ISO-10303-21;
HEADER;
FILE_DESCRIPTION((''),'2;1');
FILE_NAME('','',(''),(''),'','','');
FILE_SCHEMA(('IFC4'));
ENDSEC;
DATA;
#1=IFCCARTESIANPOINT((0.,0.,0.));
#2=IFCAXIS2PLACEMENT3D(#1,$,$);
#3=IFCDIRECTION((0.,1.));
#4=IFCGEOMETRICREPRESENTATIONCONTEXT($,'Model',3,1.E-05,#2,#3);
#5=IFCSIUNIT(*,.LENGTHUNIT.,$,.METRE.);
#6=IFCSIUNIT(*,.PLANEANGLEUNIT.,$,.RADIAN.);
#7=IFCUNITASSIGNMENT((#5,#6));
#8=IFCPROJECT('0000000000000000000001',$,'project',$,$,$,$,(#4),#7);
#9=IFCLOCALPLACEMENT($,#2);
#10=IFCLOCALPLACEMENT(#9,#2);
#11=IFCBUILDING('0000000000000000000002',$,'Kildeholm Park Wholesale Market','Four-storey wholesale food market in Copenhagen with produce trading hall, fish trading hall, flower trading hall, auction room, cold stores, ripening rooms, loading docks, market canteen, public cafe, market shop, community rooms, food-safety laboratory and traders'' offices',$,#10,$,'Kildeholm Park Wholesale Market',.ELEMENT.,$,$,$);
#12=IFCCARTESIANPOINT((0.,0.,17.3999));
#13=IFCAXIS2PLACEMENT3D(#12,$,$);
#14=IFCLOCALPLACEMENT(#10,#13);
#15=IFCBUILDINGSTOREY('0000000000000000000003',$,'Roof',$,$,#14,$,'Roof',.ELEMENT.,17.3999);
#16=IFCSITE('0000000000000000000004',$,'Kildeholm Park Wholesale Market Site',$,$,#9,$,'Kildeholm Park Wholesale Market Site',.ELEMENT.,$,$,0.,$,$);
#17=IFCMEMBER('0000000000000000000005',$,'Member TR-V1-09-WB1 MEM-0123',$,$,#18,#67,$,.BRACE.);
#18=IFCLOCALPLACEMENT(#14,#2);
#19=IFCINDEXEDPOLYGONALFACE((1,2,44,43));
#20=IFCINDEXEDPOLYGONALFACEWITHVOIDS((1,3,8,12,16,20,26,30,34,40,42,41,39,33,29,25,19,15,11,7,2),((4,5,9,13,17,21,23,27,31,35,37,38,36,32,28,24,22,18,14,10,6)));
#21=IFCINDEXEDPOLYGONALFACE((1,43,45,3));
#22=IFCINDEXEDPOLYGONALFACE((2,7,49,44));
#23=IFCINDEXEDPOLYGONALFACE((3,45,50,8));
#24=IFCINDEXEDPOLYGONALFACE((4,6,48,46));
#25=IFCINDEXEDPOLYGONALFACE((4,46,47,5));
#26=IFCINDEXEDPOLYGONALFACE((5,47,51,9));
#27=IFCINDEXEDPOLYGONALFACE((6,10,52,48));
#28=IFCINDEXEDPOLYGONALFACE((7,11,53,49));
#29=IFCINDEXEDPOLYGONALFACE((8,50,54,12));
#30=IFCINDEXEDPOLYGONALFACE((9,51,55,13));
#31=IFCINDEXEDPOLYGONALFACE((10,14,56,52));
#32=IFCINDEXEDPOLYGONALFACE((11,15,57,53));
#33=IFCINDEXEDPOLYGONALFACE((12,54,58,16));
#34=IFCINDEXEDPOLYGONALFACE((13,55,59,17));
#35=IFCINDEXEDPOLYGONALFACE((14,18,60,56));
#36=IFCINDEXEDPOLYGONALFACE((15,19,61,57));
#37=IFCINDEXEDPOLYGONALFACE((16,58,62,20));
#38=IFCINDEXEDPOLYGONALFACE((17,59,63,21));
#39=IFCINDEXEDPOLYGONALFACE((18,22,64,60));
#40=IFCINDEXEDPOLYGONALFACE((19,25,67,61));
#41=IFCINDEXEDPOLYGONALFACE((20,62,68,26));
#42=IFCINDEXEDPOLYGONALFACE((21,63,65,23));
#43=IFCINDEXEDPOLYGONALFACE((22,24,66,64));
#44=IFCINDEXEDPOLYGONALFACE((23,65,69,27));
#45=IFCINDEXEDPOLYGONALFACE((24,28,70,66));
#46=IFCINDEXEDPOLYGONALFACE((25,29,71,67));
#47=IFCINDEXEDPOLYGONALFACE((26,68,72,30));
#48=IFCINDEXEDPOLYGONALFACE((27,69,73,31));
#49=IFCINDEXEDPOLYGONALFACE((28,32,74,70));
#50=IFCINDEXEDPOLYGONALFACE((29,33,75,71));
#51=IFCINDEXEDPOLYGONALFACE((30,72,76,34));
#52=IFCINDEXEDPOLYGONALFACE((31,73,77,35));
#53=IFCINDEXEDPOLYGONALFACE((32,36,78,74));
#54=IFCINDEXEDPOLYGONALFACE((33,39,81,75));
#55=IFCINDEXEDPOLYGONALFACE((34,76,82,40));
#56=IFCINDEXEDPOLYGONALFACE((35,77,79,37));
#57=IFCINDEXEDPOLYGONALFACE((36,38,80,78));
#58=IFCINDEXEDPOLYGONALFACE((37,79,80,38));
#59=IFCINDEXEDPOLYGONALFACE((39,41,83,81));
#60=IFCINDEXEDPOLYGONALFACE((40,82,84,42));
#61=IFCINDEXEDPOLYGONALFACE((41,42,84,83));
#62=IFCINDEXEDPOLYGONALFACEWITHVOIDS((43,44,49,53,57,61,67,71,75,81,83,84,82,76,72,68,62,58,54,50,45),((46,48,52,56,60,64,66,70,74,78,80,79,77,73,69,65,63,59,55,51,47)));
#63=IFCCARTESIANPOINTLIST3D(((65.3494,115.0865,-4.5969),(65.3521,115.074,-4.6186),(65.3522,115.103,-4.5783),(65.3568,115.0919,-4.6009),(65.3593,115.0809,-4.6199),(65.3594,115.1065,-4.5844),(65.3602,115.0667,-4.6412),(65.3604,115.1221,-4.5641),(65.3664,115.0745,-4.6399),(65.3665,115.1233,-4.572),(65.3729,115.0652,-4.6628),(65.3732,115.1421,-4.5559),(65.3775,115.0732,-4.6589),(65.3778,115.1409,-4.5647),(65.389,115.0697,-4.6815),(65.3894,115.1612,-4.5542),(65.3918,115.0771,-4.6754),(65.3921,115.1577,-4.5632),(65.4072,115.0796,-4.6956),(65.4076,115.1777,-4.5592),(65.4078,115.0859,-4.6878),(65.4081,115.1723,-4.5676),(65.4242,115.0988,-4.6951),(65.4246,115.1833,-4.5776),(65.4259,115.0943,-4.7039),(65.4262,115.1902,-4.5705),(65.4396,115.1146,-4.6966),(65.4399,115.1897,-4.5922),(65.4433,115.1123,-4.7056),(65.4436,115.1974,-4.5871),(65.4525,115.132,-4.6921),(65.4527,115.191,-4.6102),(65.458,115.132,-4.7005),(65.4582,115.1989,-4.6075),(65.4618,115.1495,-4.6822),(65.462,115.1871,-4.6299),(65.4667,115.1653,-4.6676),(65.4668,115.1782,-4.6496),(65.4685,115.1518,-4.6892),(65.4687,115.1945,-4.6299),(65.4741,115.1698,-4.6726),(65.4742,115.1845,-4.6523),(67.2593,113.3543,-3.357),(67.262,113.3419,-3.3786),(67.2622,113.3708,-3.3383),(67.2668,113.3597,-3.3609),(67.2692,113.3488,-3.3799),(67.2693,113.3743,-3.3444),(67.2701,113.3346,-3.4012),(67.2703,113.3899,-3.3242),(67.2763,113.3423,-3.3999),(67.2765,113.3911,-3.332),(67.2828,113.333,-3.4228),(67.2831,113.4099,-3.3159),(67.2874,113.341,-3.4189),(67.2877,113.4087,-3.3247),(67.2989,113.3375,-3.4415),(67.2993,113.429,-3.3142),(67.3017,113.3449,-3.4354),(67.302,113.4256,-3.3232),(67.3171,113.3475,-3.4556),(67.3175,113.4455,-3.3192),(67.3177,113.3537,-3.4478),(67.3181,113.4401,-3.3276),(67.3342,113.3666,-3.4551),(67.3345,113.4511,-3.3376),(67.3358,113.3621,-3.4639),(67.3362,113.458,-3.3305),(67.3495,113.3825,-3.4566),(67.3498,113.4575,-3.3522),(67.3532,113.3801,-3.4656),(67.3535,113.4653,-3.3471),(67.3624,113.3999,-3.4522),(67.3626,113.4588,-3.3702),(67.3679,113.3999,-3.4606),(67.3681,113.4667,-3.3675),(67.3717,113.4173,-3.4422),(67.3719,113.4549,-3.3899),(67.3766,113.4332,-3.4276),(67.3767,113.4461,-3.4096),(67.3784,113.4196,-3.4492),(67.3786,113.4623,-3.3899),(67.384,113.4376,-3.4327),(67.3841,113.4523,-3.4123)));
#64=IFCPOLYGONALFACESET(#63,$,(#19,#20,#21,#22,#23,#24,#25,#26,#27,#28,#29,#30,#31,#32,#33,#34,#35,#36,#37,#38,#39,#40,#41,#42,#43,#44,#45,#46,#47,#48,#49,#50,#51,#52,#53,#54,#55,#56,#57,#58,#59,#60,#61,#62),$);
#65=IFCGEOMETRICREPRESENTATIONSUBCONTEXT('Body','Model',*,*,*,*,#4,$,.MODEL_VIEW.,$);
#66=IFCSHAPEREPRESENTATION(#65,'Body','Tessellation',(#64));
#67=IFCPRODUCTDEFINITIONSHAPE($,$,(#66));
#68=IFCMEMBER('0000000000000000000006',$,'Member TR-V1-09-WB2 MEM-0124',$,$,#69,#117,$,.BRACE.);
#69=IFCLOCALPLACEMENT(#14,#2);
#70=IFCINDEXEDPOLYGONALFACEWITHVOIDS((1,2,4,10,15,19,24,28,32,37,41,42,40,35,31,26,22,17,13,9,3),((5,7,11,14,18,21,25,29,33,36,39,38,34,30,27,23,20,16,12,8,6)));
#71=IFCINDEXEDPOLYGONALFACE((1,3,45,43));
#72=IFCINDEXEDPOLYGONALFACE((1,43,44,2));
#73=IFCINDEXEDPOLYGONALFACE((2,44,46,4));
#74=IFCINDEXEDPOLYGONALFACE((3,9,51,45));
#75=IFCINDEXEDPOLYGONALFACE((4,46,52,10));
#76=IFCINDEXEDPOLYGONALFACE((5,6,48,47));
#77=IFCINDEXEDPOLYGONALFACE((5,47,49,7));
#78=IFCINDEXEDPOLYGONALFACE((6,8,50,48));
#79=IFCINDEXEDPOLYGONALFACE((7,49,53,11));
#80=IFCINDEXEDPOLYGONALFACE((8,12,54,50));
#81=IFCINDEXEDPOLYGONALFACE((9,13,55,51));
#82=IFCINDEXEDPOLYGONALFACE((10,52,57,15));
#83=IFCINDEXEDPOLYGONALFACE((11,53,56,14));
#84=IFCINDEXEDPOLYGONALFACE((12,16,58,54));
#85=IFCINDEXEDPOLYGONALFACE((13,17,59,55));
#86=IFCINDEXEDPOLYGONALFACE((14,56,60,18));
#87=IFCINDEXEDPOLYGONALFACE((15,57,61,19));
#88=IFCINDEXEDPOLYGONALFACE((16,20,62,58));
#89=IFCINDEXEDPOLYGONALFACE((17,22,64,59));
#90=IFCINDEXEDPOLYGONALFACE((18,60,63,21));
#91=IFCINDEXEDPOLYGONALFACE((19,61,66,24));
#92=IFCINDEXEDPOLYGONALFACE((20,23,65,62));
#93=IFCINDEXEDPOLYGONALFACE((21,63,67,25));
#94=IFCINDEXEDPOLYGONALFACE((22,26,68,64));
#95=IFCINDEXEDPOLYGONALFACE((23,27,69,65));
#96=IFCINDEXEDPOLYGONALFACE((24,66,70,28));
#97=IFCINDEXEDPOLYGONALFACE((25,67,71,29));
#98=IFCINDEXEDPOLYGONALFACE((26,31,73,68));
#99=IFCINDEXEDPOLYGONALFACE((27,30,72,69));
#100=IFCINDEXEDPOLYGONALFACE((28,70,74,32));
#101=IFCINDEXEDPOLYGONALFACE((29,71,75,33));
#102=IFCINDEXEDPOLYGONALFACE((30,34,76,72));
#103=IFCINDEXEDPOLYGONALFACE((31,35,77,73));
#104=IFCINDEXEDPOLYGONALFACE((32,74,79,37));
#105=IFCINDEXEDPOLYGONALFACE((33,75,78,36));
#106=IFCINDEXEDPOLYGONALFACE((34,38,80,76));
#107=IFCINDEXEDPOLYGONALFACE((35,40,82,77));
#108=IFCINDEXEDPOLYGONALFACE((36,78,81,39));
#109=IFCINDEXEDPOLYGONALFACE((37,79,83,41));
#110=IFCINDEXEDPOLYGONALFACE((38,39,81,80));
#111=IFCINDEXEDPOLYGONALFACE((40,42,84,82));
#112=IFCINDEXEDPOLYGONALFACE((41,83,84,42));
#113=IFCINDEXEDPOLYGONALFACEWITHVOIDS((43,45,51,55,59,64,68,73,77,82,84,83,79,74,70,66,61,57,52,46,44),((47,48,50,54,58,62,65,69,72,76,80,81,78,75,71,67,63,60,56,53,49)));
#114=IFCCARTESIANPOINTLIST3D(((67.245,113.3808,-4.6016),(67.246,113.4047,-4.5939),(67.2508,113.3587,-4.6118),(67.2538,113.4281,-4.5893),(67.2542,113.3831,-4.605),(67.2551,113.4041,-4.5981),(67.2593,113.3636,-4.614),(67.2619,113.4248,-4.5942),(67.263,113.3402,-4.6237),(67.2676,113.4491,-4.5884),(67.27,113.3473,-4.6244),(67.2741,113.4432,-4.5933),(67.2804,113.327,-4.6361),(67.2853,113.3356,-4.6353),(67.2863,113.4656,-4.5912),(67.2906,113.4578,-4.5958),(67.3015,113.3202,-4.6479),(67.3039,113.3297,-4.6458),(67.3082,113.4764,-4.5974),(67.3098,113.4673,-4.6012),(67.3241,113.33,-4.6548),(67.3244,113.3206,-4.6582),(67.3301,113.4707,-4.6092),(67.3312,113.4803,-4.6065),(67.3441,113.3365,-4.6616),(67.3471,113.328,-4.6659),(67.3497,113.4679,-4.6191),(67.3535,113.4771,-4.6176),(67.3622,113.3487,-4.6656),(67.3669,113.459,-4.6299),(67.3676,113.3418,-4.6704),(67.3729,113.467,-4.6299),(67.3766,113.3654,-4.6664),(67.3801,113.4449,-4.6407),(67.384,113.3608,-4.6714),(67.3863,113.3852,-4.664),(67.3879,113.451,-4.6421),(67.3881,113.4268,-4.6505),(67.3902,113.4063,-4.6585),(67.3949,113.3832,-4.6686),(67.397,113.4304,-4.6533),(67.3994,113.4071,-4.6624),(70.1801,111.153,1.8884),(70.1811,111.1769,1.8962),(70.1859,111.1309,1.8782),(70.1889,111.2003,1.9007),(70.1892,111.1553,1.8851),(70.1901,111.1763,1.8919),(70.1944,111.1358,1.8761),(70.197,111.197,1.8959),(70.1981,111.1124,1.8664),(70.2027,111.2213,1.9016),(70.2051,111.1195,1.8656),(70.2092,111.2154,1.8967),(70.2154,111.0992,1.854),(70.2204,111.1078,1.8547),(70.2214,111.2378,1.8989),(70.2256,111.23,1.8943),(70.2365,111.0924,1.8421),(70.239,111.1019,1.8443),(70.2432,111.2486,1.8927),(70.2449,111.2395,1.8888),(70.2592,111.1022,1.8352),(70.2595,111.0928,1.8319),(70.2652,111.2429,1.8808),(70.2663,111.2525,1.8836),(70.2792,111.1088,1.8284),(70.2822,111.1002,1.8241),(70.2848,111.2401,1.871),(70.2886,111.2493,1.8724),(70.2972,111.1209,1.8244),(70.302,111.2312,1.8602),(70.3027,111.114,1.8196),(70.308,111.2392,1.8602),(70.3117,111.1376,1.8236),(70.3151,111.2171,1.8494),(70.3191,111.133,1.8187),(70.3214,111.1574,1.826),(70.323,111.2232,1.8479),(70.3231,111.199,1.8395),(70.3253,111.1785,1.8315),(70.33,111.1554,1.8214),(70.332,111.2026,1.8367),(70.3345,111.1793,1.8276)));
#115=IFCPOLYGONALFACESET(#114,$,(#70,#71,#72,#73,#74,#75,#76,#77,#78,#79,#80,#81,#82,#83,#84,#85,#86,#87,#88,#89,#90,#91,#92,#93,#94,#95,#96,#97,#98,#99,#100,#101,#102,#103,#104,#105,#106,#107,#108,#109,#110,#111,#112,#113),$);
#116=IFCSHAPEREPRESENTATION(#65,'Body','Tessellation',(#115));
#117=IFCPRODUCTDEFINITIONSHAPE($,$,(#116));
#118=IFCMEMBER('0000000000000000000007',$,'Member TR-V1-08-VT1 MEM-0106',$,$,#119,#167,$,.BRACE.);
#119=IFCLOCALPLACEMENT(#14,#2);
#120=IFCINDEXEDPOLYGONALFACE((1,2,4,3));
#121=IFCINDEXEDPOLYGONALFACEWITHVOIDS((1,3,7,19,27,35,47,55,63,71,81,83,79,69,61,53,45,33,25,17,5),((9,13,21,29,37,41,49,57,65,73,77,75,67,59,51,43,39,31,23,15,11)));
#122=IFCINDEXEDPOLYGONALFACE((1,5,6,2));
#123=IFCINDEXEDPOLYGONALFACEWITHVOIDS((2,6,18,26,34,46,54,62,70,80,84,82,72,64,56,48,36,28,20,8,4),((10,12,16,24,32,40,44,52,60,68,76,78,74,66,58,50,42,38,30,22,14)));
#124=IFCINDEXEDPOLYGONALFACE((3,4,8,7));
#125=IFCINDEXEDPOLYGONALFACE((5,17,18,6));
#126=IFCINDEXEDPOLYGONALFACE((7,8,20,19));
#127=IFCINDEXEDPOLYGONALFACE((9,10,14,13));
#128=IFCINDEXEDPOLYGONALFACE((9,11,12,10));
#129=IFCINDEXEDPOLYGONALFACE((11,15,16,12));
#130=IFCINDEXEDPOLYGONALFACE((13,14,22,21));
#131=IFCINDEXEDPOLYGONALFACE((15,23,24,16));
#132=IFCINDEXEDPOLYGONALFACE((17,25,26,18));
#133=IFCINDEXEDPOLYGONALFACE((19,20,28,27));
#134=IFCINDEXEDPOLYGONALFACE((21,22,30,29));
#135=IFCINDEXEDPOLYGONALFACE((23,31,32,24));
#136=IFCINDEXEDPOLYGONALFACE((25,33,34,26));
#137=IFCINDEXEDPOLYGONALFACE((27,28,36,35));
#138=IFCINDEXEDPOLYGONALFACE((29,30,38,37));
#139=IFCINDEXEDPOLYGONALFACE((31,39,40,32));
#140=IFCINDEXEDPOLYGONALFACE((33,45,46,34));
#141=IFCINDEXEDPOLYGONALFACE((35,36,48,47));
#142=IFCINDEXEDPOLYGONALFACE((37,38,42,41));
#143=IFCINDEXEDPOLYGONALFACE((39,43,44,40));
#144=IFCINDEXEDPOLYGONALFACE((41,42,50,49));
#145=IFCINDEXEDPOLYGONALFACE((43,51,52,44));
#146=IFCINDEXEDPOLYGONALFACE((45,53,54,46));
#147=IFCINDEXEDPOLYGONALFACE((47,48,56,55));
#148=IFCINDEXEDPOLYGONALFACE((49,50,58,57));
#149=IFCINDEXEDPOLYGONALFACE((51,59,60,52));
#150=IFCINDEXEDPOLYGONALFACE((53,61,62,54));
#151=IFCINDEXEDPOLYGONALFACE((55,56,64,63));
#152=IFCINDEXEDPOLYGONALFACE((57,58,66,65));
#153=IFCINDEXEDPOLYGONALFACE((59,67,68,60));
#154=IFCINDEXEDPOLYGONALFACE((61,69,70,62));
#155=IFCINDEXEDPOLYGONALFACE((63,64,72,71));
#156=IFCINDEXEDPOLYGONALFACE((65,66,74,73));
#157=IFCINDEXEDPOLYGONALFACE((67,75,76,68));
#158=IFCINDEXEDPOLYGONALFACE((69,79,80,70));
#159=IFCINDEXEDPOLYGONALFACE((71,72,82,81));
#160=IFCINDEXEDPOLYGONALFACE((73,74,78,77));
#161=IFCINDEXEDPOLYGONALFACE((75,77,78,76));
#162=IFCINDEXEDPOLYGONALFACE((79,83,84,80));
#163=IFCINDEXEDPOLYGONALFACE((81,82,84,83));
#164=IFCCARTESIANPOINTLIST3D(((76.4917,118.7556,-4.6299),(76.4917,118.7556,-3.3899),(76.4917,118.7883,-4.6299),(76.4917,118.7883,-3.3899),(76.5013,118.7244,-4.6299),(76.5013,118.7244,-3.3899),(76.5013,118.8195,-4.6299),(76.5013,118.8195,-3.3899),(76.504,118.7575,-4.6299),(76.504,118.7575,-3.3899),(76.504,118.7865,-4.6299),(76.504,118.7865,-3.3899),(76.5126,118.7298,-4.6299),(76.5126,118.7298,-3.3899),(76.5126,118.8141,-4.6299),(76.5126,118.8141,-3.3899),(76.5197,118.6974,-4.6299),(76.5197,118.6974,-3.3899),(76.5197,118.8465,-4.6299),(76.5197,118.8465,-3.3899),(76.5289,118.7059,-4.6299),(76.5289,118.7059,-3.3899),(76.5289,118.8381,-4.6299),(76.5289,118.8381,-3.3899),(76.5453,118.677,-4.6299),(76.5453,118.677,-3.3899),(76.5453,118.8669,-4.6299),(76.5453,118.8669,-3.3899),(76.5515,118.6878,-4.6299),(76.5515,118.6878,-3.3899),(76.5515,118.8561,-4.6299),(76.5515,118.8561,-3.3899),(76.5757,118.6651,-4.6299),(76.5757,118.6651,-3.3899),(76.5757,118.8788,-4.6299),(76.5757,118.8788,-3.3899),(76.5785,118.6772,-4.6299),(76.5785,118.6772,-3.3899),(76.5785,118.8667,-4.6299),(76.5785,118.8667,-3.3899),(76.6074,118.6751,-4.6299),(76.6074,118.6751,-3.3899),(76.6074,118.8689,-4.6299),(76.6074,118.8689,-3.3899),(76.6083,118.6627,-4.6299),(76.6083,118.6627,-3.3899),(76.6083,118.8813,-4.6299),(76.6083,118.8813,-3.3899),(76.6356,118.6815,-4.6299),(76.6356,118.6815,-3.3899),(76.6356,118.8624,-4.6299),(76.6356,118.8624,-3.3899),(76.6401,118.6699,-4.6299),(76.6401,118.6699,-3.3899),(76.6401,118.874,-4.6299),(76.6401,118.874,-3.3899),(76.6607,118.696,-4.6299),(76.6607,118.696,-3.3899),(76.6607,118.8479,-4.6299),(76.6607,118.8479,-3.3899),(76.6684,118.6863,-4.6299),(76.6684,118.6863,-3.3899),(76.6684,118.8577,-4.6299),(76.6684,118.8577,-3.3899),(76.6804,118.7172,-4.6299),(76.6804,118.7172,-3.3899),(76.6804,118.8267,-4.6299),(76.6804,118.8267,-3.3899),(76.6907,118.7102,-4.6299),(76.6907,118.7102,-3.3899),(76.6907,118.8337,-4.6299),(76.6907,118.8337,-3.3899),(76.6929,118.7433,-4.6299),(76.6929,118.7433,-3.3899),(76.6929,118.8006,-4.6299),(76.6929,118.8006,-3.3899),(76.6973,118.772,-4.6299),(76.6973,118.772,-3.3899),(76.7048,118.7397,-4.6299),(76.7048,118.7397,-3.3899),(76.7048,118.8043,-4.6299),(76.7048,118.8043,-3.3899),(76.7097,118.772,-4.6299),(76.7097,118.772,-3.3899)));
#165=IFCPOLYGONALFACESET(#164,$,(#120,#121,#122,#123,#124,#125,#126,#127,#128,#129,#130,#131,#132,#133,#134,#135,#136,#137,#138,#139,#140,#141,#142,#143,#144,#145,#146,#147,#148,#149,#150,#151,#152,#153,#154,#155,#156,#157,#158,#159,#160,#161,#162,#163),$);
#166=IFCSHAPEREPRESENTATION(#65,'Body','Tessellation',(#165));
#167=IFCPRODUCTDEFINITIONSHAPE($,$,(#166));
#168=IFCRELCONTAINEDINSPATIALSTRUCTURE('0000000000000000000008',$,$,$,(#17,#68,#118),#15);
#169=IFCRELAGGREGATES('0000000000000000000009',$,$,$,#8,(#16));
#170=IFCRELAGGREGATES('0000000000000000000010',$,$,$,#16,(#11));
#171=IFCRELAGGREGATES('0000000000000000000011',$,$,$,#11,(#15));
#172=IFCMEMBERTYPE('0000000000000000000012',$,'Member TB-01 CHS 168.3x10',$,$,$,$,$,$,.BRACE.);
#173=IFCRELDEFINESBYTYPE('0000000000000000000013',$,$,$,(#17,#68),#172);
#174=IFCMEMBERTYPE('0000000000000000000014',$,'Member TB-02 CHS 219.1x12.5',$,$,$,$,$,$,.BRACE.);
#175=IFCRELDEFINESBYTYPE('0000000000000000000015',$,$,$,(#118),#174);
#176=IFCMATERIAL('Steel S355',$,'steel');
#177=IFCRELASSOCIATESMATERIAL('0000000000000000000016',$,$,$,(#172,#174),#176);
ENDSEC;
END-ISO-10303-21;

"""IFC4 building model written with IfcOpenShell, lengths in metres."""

from ifc_helpers import new_model, si_unit, direction, frame, origin, origin_2d, place, context, subcontext, project, spatial, hollow_circle, extrude, material, material_profile, profile_set, type_object, element, save


model = new_model("IFC4")

# Units and contexts
model_context = context("Model", 3, precision=1e-05, world=origin(), true_north=direction((0.0, 1.0)))
body_context = subcontext(model_context, "Body", "Model", "MODEL_VIEW")
ifc_project = project(units=[si_unit("LENGTHUNIT", "METRE"), si_unit("PLANEANGLEUNIT", "RADIAN")], contexts=[model_context])

# Site, building, storey
site_placement = place(None, origin())
site = spatial("IfcSite", under=ifc_project, at=site_placement, Name="Kildeholm Park Wholesale Market Site", LongName="Kildeholm Park Wholesale Market Site", CompositionType="ELEMENT", RefElevation=0.0)
building_placement = place(site_placement, origin())
building = spatial("IfcBuilding", under=site, at=building_placement, Name="Kildeholm Park Wholesale Market", Description="Four-storey wholesale food market in Copenhagen with produce trading hall, fish trading hall, flower trading hall, auction room, cold stores, ripening rooms, loading docks, market canteen, public cafe, market shop, community rooms, food-safety laboratory and traders' offices", LongName="Kildeholm Park Wholesale Market", CompositionType="ELEMENT")
storey_placement = place(building_placement, frame((0.0, 0.0, 17.3999)))
storey = spatial("IfcBuildingStorey", under=building, at=storey_placement, Name="Roof", LongName="Roof", CompositionType="ELEMENT", Elevation=17.3999)

# Members
ifc_material_1 = material(Name="Steel S355", Category="steel")
ifc_material_profile_1 = material_profile(ifc_material_1, hollow_circle(Radius=0.0842, WallThickness=0.01, at=origin_2d()), Name="CHS 168.3x10")
ifc_profile_set_1 = profile_set([ifc_material_profile_1], Name="Steel S355")
member_type_1 = type_object("IfcMemberType", Name="Member TB-01 CHS 168.3x10", PredefinedType="BRACE", material=ifc_profile_set_1)
member_1_placement = place(storey_placement, frame((65.4121, 115.1321, -4.6299), z_axis=(0.667549, -0.605428, 0.433399), x_axis=(0.6718, 0.740732, 0.0)))
element("IfcMember", 1, at=member_1_placement, inside=storey, type_object=member_type_1, Name="Member TR-V1-09-WB1 MEM-0123", PredefinedType="BRACE", context=body_context, shape_type="SweptSolid", body=[
    extrude(hollow_circle(Radius=0.0842, WallThickness=0.01, at=origin_2d()), origin(), (0.0, 0.0, 1.0), 2.8611),
])
member_2_placement = place(storey_placement, frame((67.322, 113.3999, -4.6299), z_axis=(0.393277, -0.298507, 0.869613), x_axis=(0.604591, 0.796536, 0.0)))
element("IfcMember", 2, at=member_2_placement, inside=storey, type_object=member_type_1, Name="Member TR-V1-09-WB2 MEM-0124", PredefinedType="BRACE", context=body_context, shape_type="SweptSolid", body=[
    extrude(hollow_circle(Radius=0.0842, WallThickness=0.01, at=origin_2d()), origin(), (0.0, 0.0, 1.0), 7.4631),
])
ifc_material_profile_2 = material_profile(ifc_material_1, hollow_circle(Radius=0.1096, WallThickness=0.0125, at=origin_2d()), Name="CHS 219.1x12.5")
ifc_profile_set_2 = profile_set([ifc_material_profile_2], Name="Steel S355")
member_type_2 = type_object("IfcMemberType", Name="Member TB-02 CHS 219.1x12.5", PredefinedType="BRACE", material=ifc_profile_set_2)
member_3_placement = place(storey_placement, frame((76.6001, 118.772, -4.6299), z_axis=(0.0, 0.0, 1.0), x_axis=(1.0, 0.0, 0.0)))
element("IfcMember", 3, at=member_3_placement, inside=storey, type_object=member_type_2, Name="Member TR-V1-08-VT1 MEM-0106", PredefinedType="BRACE", context=body_context, shape_type="SweptSolid", body=[
    extrude(hollow_circle(Radius=0.1096, WallThickness=0.0125, at=origin_2d()), origin(), (0.0, 0.0, 1.0), 1.24),
])

save(model, "model.ifc")
